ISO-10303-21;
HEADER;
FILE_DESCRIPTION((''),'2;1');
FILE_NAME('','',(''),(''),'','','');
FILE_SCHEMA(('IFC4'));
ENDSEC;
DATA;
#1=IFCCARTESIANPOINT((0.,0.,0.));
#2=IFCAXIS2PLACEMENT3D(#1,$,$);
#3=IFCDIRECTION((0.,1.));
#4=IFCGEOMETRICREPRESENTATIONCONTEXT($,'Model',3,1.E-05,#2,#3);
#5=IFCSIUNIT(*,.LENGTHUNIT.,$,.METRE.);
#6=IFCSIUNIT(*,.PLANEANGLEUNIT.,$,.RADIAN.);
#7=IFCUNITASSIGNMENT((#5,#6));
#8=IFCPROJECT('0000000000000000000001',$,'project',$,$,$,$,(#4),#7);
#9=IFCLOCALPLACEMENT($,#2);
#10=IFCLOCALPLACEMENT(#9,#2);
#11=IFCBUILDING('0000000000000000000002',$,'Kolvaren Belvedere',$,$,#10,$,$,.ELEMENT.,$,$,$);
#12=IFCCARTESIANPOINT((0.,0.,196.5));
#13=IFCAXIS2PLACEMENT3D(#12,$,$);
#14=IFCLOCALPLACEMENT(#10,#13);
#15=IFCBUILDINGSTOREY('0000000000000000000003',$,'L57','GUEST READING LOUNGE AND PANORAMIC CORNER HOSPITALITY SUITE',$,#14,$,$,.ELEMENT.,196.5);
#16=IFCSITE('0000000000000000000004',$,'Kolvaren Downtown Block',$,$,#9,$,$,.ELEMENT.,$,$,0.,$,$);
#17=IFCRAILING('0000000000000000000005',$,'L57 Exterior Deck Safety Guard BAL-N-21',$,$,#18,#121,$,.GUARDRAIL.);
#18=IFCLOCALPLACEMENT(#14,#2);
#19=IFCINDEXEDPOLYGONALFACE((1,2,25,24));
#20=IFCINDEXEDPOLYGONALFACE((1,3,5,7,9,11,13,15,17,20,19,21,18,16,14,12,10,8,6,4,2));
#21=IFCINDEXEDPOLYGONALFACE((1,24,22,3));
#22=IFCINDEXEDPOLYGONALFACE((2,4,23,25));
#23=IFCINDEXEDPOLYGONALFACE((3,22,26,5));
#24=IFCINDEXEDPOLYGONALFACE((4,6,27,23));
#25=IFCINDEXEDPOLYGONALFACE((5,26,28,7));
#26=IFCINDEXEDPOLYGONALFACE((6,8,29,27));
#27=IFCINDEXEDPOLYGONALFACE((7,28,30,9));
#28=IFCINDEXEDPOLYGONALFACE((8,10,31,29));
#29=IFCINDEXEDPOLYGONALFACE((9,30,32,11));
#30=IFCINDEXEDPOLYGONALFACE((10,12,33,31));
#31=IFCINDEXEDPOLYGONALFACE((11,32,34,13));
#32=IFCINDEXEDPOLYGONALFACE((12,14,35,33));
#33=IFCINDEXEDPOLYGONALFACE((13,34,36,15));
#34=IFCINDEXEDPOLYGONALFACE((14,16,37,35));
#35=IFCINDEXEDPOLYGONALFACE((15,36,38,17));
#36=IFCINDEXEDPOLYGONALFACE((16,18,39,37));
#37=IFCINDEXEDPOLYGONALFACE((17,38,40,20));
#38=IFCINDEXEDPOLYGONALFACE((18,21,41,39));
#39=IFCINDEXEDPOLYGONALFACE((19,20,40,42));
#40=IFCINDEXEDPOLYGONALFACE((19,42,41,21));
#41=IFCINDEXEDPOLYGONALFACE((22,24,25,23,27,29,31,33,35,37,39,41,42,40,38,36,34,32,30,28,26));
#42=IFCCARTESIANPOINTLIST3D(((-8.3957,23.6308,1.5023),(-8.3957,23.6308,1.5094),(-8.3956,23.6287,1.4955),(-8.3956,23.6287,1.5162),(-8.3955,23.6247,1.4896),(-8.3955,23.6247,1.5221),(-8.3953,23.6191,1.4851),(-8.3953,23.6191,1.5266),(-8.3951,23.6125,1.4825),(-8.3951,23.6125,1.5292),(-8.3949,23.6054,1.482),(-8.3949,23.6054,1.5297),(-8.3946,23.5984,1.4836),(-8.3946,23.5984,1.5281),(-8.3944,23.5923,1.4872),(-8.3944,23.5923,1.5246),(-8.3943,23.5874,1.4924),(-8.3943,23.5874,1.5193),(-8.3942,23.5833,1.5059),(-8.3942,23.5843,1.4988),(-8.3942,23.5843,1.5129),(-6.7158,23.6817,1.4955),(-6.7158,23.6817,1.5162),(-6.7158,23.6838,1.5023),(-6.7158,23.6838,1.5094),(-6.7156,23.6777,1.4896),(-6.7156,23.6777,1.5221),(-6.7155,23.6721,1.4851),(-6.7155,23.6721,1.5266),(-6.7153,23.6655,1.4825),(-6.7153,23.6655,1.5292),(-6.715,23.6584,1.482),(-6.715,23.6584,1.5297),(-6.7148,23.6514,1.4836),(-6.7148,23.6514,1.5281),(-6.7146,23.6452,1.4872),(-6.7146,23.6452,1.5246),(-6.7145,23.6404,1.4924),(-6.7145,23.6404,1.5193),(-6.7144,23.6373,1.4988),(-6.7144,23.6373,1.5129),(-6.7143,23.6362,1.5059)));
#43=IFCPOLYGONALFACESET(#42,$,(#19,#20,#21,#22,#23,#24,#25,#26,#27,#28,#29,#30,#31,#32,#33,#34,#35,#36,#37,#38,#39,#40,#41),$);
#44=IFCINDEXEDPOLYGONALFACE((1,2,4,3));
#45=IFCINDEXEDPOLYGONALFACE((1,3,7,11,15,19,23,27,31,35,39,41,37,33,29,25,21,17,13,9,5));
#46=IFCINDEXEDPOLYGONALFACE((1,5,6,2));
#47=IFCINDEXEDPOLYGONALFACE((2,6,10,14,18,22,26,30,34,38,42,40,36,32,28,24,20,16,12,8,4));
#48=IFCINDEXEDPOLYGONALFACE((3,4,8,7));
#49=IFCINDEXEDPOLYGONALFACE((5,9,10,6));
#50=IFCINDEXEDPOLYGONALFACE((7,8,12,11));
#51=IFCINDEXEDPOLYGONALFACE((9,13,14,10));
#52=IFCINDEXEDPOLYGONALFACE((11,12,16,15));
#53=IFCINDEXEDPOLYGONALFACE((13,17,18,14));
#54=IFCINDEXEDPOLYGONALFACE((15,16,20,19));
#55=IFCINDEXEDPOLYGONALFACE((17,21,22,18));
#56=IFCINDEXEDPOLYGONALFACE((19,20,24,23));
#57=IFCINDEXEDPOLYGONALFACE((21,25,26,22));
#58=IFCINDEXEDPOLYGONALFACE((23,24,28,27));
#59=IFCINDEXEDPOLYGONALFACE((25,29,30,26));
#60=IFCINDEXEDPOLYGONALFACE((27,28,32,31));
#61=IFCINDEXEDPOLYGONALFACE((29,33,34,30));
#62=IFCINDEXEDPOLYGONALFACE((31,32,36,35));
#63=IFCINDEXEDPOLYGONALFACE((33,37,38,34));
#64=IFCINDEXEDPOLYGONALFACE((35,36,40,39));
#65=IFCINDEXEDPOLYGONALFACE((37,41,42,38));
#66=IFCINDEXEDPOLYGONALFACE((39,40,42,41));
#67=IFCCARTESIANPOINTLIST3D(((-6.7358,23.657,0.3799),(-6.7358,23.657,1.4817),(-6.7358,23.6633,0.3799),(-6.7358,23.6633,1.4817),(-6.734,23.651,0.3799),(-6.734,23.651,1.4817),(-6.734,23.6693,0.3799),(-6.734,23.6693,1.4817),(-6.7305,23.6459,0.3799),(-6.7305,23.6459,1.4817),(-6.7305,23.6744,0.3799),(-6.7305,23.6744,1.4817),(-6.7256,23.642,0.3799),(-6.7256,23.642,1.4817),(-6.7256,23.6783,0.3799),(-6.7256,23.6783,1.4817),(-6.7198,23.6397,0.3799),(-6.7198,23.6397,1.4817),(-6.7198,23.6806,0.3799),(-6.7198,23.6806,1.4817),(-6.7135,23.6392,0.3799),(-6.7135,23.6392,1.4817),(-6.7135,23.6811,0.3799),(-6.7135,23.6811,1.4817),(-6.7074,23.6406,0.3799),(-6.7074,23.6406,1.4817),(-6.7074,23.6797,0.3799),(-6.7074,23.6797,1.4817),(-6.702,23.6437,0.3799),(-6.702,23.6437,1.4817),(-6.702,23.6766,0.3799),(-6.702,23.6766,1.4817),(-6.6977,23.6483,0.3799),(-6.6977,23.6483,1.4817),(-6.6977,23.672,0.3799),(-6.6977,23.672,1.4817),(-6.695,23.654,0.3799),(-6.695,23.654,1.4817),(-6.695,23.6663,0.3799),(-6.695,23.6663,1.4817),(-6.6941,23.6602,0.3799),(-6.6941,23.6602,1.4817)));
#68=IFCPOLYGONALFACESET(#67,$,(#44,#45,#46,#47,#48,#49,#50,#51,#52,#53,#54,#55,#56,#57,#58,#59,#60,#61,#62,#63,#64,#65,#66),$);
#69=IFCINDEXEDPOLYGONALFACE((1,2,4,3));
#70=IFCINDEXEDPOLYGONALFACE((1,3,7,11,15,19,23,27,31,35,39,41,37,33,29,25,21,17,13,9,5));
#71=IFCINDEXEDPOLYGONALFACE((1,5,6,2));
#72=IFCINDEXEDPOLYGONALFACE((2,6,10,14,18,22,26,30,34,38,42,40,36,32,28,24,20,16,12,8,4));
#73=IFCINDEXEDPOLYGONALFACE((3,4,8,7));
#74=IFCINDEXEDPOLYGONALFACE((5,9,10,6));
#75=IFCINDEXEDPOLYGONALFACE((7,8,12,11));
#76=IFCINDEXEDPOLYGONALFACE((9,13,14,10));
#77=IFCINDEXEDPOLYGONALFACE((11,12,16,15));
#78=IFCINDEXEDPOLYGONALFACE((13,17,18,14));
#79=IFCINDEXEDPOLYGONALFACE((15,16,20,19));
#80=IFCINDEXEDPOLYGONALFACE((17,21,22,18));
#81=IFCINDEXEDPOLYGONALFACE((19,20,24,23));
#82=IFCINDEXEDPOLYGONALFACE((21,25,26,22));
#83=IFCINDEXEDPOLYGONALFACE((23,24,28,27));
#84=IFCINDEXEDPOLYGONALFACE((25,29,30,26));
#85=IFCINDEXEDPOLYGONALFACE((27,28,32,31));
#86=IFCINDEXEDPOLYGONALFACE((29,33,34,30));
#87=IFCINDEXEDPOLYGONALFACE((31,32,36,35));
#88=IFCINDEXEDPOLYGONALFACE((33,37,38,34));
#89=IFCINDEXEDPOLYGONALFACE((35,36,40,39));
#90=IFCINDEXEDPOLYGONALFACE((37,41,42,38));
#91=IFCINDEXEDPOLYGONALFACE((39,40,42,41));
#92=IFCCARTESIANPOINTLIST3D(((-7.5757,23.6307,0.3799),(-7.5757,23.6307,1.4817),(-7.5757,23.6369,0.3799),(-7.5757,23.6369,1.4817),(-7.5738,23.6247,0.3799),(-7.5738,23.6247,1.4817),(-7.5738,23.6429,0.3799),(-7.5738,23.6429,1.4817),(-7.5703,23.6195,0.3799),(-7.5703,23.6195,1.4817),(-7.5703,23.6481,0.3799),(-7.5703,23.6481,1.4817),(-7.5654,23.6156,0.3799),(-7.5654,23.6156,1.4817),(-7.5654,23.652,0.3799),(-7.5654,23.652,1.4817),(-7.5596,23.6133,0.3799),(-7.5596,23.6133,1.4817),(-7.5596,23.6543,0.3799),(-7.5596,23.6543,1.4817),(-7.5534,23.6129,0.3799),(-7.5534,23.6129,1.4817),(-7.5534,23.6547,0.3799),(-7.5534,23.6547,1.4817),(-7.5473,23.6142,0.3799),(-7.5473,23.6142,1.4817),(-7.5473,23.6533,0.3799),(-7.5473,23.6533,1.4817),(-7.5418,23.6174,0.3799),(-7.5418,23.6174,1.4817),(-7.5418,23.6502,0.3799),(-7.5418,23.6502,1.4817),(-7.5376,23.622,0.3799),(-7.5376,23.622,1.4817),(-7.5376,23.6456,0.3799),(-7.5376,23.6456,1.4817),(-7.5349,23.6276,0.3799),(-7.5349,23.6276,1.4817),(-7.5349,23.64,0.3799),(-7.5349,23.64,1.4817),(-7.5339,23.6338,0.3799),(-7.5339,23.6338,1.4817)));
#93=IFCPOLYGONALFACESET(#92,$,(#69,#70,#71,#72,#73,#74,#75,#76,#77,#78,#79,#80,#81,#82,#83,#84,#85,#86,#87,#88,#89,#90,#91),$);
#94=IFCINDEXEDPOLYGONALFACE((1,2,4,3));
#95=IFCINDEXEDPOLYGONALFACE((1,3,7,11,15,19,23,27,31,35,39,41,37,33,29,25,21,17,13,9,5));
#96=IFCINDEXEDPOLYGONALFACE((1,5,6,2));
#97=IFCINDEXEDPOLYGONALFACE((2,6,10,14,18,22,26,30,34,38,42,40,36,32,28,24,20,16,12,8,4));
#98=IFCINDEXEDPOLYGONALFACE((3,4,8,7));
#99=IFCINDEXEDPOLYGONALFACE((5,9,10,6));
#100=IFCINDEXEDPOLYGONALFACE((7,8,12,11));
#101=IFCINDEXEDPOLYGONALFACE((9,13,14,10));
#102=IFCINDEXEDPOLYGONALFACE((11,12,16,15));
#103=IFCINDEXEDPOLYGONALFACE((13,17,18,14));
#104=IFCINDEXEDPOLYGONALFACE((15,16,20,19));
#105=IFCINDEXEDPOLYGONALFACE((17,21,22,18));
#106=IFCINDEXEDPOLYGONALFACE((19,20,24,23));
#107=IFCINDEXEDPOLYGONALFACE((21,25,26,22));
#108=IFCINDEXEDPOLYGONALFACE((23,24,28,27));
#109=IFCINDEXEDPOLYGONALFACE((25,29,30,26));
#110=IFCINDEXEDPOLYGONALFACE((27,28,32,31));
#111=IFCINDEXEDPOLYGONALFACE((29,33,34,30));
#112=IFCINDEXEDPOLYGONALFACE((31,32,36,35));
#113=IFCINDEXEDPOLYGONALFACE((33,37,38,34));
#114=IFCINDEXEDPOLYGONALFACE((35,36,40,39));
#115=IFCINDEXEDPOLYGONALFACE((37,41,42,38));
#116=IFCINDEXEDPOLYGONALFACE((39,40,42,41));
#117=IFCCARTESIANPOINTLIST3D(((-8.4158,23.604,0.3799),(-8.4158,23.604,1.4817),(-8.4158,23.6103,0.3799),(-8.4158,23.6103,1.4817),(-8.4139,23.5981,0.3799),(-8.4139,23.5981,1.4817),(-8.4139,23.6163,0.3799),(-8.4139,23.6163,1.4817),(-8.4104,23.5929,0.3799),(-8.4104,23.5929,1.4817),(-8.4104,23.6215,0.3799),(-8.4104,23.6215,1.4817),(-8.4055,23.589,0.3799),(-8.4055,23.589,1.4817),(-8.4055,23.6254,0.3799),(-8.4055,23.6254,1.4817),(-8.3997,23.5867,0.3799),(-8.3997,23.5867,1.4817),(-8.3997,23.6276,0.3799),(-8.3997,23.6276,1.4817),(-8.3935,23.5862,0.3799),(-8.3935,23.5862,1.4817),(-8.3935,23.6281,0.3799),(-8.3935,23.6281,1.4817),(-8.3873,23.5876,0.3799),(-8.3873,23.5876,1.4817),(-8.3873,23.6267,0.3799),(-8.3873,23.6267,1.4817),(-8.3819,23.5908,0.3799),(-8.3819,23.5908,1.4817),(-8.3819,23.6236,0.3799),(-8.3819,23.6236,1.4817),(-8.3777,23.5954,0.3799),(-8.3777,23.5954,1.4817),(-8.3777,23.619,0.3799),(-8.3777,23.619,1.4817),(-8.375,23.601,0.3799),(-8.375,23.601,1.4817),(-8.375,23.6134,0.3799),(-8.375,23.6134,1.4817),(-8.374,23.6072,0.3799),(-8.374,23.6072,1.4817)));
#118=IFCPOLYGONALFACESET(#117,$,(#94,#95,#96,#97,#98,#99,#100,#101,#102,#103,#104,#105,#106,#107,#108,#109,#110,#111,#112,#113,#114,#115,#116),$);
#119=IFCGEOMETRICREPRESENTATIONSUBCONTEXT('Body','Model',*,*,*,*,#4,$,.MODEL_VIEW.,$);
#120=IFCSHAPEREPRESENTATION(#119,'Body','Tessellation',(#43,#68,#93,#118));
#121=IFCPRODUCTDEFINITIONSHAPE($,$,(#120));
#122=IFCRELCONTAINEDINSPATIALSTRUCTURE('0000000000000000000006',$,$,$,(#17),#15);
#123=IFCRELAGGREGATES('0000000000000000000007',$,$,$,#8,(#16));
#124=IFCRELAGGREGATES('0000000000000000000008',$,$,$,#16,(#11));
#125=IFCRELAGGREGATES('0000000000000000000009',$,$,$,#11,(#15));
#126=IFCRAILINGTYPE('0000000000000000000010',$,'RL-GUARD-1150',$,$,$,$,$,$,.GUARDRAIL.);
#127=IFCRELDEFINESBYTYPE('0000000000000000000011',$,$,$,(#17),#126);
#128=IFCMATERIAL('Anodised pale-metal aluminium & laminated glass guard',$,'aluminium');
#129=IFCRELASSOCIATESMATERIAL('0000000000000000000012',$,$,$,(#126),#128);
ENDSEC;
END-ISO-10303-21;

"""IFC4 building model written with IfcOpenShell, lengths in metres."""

from ifc_helpers import new_model, si_unit, direction, frame, origin, origin_2d, place, context, subcontext, project, spatial, circle, extrude, material, type_object, element, save


model = new_model("IFC4")

# Units and contexts
model_context = context("Model", 3, precision=1e-05, world=origin(), true_north=direction((0.0, 1.0)))
body_context = subcontext(model_context, "Body", "Model", "MODEL_VIEW")
ifc_project = project(units=[si_unit("LENGTHUNIT", "METRE"), si_unit("PLANEANGLEUNIT", "RADIAN")], contexts=[model_context])

# Site, building, storey
site_placement = place(None, origin())
site = spatial("IfcSite", under=ifc_project, at=site_placement, Name="Kolvaren Downtown Block", CompositionType="ELEMENT", RefElevation=0.0)
building_placement = place(site_placement, origin())
building = spatial("IfcBuilding", under=site, at=building_placement, Name="Kolvaren Belvedere", CompositionType="ELEMENT")
storey_placement = place(building_placement, frame((0.0, 0.0, 196.5)))
storey = spatial("IfcBuildingStorey", under=building, at=storey_placement, Name="L57", Description="GUEST READING LOUNGE AND PANORAMIC CORNER HOSPITALITY SUITE", CompositionType="ELEMENT", Elevation=196.5)

# Railing
ifc_material_1 = material(Name="Anodised pale-metal aluminium & laminated glass guard", Category="aluminium")
railing_type = type_object("IfcRailingType", Name="RL-GUARD-1150", PredefinedType="GUARDRAIL", material=ifc_material_1)
railing_1_placement = place(storey_placement, frame((-6.7151, 23.6602, 0.3799)))
element("IfcRailing", 1, at=railing_1_placement, inside=storey, type_object=railing_type, Name="L57 Exterior Deck Safety Guard BAL-N-21", PredefinedType="GUARDRAIL", context=body_context, shape_type="SweptSolid", body=[
    extrude(circle(Radius=0.0239, at=origin_2d()), frame((0.0, 0.0, 1.126), z_axis=(-0.999503, -0.03152, 0.0), x_axis=(0.03152, -0.999503, 0.0)), (0.0, 0.0, 1.0), 1.6807),
    extrude(circle(Radius=0.021, at=origin_2d()), origin(), (0.0, 0.0, 1.0), 1.1018),
    extrude(circle(Radius=0.021, at=origin_2d()), frame((-0.8398, -0.0264, 0.0)), (0.0, 0.0, 1.0), 1.1018),
    extrude(circle(Radius=0.021, at=origin_2d()), frame((-1.6799, -0.053, 0.0)), (0.0, 0.0, 1.0), 1.1018),
])

save(model, "model.ifc")
